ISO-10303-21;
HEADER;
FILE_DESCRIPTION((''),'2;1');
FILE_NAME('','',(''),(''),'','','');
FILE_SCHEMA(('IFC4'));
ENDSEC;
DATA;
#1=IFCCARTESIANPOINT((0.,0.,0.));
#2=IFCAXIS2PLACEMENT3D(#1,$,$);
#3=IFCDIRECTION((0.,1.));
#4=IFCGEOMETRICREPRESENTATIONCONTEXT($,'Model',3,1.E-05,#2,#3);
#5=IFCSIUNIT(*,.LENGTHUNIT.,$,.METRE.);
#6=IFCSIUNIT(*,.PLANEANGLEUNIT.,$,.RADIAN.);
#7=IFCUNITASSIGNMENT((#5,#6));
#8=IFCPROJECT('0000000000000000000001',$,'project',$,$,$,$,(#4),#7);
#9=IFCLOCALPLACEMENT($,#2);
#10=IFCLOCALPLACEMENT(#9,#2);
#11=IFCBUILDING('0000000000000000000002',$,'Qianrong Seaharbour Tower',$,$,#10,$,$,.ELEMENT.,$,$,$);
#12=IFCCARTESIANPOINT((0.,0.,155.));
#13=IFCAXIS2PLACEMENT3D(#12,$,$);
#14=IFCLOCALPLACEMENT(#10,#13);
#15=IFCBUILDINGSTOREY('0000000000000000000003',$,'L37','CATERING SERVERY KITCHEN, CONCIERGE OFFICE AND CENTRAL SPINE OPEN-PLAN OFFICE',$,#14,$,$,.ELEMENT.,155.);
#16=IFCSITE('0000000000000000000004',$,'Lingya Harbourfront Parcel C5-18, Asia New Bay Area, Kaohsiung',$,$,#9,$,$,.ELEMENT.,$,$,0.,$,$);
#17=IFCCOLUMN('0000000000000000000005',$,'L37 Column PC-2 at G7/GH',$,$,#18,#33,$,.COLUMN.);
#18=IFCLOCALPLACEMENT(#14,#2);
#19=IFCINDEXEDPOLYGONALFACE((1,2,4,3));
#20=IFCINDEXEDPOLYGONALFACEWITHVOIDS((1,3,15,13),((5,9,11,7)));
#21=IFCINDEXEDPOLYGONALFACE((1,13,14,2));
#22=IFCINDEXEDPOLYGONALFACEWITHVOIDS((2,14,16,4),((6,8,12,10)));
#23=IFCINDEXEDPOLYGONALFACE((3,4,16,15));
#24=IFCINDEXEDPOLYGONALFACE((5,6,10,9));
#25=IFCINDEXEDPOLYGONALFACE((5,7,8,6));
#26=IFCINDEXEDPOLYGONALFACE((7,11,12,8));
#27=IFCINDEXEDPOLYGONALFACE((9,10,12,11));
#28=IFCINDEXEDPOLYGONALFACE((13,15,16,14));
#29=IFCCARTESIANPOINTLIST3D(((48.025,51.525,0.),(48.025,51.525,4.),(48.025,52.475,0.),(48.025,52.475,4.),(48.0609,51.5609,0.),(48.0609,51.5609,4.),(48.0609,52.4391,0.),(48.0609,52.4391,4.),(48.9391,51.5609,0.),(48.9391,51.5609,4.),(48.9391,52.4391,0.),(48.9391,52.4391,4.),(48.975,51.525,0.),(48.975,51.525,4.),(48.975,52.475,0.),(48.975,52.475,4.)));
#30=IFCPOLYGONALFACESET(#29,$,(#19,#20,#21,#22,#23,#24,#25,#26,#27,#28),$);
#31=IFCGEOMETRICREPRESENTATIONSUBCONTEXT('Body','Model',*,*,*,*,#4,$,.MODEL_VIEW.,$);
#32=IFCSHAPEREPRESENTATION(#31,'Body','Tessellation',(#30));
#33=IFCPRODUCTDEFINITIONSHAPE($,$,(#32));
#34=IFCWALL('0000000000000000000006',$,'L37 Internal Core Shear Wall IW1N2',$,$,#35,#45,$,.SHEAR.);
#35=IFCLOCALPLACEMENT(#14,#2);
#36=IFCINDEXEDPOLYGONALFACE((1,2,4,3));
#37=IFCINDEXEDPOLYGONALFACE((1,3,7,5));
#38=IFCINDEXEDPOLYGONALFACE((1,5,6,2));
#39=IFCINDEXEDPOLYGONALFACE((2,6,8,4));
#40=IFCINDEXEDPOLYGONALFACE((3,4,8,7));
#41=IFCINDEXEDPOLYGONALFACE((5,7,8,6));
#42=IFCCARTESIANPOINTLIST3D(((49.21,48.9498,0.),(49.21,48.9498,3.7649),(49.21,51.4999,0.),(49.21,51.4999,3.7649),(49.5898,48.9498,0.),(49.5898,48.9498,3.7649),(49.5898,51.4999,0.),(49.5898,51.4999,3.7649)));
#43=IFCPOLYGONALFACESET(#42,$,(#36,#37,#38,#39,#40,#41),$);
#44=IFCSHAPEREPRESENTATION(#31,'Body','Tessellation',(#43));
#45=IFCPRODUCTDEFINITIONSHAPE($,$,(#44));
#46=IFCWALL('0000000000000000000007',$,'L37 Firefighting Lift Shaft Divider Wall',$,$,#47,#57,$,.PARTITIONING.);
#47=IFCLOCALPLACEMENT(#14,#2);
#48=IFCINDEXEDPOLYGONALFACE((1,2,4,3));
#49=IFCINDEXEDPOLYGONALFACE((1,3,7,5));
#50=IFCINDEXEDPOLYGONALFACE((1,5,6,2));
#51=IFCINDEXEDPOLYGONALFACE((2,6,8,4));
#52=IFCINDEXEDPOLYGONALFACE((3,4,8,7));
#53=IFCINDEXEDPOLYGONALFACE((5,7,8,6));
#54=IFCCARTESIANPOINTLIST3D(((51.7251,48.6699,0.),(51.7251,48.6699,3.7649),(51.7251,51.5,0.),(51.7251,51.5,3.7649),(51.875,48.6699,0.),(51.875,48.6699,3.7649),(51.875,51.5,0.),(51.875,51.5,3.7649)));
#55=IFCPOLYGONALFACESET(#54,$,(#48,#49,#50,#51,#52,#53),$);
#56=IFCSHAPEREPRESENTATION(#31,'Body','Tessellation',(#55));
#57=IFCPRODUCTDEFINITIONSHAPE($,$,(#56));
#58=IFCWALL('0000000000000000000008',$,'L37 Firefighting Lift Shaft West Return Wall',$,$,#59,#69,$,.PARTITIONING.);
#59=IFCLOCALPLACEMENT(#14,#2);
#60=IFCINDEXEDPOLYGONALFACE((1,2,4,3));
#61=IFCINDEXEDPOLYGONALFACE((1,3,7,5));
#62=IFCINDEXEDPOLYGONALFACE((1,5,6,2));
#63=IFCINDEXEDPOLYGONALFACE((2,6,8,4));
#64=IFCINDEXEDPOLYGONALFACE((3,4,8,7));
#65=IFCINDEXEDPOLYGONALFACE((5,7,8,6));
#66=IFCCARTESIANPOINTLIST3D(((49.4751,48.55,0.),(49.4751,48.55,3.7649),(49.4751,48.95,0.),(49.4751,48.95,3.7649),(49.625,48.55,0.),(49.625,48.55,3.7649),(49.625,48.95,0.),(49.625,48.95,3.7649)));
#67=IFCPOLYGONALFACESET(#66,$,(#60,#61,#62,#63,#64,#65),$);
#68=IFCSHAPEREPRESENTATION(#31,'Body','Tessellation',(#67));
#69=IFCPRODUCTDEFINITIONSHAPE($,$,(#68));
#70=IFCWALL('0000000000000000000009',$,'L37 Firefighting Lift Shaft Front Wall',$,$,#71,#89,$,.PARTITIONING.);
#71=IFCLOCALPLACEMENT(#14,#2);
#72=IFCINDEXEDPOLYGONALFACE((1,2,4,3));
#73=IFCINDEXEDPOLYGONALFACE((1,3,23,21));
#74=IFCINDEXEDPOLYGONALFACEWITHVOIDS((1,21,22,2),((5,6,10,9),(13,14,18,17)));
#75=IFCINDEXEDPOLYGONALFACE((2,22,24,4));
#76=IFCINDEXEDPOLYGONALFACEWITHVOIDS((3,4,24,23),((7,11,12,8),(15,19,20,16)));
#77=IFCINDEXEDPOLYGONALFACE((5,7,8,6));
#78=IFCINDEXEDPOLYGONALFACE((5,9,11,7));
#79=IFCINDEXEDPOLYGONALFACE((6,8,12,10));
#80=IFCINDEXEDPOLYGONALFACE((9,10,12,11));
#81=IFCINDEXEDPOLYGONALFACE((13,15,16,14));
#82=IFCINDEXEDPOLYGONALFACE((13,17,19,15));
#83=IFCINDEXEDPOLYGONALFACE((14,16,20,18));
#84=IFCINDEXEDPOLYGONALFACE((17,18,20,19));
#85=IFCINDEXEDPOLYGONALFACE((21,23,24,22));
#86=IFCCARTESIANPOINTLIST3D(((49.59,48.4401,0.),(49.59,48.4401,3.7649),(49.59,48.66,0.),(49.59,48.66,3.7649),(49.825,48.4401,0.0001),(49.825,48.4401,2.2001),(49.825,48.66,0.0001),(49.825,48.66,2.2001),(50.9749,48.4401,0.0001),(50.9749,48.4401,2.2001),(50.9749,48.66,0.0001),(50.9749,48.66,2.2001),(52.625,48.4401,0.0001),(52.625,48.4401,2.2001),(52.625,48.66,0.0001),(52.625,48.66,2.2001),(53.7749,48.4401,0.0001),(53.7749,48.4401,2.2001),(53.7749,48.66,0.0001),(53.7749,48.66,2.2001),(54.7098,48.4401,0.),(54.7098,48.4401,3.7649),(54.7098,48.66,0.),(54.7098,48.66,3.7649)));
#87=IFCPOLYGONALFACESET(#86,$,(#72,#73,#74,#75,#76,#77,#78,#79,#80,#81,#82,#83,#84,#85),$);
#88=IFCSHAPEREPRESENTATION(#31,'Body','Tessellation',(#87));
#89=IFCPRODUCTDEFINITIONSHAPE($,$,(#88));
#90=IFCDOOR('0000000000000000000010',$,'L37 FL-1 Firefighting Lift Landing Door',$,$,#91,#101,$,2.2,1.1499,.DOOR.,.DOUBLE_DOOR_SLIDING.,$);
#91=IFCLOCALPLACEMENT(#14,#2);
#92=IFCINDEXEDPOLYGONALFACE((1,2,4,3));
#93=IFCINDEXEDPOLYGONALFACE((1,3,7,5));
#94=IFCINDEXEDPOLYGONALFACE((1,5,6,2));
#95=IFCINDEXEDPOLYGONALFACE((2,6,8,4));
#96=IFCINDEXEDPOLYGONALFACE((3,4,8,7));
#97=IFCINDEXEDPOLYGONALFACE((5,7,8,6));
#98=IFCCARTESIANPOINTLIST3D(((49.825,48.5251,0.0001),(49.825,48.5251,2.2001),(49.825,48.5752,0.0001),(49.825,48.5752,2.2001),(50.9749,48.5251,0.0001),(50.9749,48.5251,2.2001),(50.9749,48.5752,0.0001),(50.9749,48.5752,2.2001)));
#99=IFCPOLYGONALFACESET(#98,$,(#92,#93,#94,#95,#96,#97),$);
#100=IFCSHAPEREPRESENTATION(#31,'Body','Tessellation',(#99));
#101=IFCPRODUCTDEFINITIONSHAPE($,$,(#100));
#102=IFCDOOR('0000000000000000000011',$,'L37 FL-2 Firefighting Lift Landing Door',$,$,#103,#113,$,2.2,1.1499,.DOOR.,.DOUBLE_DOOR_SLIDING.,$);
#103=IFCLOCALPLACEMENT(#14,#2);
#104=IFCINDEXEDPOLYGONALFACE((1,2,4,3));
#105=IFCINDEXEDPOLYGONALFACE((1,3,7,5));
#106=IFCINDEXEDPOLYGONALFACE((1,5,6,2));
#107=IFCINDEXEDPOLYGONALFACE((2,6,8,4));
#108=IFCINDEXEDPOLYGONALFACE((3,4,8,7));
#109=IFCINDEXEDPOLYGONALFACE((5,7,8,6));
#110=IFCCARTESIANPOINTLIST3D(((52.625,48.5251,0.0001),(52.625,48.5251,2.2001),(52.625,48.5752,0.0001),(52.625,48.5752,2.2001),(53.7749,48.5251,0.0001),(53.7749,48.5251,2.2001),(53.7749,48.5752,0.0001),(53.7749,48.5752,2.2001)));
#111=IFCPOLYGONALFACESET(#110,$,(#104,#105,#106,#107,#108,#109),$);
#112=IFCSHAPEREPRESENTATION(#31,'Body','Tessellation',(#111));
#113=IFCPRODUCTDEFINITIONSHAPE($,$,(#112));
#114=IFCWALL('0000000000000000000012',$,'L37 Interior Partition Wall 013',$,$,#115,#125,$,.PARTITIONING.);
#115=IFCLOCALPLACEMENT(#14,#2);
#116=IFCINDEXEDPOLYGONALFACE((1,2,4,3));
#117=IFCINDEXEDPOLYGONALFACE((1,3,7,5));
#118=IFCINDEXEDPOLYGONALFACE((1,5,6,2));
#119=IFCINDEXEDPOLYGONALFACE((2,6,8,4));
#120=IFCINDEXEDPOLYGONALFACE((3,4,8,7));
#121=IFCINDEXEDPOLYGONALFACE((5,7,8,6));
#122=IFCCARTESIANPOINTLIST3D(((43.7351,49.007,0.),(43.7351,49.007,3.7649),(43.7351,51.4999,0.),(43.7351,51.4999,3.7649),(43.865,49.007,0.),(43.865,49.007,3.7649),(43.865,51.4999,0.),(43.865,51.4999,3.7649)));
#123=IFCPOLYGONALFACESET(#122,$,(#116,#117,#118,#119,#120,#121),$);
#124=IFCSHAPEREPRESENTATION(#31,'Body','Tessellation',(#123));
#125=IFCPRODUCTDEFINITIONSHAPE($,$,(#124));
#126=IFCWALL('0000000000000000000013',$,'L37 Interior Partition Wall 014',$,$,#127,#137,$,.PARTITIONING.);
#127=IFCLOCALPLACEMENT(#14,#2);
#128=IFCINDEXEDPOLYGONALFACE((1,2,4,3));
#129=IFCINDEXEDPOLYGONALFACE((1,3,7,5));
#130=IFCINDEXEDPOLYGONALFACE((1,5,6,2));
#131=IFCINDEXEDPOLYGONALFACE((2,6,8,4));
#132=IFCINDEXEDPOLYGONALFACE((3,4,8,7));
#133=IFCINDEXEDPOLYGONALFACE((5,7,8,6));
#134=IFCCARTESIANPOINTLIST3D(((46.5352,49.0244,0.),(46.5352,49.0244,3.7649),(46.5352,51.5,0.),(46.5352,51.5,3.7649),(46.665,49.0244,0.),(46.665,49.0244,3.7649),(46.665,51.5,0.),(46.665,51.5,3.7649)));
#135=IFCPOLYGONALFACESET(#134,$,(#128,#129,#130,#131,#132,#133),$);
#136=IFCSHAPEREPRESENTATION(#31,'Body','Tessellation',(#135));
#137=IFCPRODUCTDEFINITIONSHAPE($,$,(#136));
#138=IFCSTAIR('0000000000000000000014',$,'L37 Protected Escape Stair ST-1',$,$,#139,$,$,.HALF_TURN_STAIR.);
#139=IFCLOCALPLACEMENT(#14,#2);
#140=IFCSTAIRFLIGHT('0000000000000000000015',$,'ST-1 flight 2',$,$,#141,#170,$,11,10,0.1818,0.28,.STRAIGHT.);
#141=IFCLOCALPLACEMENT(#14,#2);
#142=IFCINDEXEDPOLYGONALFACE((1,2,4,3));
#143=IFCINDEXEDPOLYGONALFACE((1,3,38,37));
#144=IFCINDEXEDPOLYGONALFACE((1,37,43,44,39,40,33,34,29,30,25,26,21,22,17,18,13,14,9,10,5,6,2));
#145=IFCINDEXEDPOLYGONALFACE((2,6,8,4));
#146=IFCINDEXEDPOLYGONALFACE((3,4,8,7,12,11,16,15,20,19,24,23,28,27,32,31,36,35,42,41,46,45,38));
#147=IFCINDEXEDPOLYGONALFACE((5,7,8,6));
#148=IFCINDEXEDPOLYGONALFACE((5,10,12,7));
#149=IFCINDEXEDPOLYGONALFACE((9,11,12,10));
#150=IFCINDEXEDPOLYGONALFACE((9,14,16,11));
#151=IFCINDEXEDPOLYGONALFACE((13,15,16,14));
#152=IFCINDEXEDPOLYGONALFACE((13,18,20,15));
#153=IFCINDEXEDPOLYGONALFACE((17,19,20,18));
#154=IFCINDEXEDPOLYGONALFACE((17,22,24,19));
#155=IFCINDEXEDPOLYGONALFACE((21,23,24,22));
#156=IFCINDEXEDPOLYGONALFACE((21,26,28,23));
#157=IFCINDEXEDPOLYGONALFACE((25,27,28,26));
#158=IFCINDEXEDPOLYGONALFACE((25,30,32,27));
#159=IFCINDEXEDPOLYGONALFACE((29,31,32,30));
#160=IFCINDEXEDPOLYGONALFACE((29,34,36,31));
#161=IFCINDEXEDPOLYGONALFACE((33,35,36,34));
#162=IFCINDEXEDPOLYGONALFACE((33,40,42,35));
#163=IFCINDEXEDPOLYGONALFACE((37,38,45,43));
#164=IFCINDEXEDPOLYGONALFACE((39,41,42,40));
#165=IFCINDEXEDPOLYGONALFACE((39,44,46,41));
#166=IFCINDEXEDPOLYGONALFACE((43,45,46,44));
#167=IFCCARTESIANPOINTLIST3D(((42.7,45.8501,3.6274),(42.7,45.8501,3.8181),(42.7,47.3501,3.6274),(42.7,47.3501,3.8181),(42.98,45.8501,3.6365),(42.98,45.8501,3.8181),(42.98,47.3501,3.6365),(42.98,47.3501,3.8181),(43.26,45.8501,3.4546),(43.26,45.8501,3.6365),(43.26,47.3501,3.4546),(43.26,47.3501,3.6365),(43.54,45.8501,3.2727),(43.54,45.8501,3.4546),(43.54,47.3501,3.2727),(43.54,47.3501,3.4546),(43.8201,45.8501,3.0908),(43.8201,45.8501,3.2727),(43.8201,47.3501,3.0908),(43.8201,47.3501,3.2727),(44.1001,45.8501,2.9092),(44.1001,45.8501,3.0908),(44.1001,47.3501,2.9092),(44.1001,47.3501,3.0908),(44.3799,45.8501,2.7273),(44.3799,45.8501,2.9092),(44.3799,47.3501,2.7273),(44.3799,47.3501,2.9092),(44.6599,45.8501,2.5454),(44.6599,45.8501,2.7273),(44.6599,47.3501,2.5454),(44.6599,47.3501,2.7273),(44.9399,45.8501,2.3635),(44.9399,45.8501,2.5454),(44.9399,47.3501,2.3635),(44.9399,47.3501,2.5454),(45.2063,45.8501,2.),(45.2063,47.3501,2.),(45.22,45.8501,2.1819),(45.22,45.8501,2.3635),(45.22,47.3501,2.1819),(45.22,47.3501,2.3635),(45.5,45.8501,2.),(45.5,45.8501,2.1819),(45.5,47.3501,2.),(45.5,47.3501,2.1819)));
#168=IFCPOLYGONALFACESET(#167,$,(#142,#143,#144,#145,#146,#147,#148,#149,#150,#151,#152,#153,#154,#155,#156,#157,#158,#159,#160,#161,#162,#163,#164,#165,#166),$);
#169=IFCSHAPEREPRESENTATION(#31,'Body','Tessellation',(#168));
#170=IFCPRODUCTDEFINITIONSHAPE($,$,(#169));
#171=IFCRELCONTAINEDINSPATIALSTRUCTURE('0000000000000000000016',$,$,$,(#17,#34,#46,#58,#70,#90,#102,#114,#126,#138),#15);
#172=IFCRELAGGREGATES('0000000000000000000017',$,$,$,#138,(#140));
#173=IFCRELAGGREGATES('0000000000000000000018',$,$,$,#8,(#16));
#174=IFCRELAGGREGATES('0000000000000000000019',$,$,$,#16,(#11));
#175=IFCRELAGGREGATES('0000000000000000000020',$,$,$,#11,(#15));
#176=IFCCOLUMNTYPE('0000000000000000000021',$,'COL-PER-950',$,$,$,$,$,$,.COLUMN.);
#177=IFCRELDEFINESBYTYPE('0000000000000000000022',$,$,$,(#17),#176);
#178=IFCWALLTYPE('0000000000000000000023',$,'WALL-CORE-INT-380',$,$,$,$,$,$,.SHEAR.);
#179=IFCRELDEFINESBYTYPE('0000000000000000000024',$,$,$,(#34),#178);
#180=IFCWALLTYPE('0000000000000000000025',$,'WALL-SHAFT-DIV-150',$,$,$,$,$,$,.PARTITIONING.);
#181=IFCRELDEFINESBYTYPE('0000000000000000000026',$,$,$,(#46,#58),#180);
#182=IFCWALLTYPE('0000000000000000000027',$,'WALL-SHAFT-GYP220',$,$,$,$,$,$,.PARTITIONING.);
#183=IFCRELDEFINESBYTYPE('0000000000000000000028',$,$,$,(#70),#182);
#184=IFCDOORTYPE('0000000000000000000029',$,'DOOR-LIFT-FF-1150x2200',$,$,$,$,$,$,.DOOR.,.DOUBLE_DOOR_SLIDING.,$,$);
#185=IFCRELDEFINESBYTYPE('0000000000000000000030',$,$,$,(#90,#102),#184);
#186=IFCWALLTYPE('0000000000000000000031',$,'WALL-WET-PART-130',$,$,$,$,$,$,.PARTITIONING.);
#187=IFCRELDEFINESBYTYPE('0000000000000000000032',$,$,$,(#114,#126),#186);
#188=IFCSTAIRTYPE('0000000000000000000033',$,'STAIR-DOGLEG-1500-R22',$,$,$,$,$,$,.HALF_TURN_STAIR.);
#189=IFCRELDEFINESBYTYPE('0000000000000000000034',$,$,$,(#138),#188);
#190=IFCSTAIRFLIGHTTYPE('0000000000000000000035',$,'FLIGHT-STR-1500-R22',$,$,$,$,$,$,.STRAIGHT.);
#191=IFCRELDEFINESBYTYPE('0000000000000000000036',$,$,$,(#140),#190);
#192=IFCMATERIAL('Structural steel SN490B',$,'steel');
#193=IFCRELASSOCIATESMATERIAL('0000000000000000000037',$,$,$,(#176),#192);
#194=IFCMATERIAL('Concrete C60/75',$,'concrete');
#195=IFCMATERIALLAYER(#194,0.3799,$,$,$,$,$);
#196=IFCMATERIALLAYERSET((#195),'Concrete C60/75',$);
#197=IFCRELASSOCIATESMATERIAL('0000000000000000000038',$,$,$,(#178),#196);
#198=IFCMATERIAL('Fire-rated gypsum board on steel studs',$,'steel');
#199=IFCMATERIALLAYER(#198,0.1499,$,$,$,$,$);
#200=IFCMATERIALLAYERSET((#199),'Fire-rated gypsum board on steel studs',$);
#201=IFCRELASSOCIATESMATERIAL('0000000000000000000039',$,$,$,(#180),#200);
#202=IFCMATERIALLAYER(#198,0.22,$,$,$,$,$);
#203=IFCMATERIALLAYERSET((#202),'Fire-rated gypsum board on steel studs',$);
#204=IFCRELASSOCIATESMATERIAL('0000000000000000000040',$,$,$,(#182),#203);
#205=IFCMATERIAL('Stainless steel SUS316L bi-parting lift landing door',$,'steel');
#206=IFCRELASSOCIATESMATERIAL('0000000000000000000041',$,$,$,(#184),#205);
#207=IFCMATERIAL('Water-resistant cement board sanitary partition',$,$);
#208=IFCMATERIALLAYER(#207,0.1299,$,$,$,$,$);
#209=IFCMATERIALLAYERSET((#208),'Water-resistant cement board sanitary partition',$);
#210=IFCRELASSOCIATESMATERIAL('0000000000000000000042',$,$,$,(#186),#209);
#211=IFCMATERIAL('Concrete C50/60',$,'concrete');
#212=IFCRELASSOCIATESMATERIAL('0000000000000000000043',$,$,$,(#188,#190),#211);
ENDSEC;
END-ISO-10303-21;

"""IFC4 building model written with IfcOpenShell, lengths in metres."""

from ifc_helpers import new_model, si_unit, direction, frame, frame_2d, origin, origin_2d, place, context, subcontext, project, spatial, polyline, rectangle, hollow_rectangle, outline, extrude, material, layer, layer_set, material_profile, profile_set, type_object, element, fill, aggregate, save


model = new_model("IFC4")

# Units and contexts
model_context = context("Model", 3, precision=1e-05, world=origin(), true_north=direction((0.0, 1.0)))
body_context = subcontext(model_context, "Body", "Model", "MODEL_VIEW")
ifc_project = project(units=[si_unit("LENGTHUNIT", "METRE"), si_unit("PLANEANGLEUNIT", "RADIAN")], contexts=[model_context])

# Site, building, storey
site_placement = place(None, origin())
site = spatial("IfcSite", under=ifc_project, at=site_placement, Name="Lingya Harbourfront Parcel C5-18, Asia New Bay Area, Kaohsiung", CompositionType="ELEMENT", RefElevation=0.0)
building_placement = place(site_placement, origin())
building = spatial("IfcBuilding", under=site, at=building_placement, Name="Qianrong Seaharbour Tower", CompositionType="ELEMENT")
storey_placement = place(building_placement, frame((0.0, 0.0, 155.0)))
storey = spatial("IfcBuildingStorey", under=building, at=storey_placement, Name="L37", Description="CATERING SERVERY KITCHEN, CONCIERGE OFFICE AND CENTRAL SPINE OPEN-PLAN OFFICE", CompositionType="ELEMENT", Elevation=155.0)

# Column
ifc_material_1 = material(Name="Structural steel SN490B", Category="steel")
ifc_material_profile = material_profile(ifc_material_1, hollow_rectangle(XDim=0.95, YDim=0.95, WallThickness=0.0359, at=origin_2d()), Name="BOX950x950x36")
ifc_profile_set = profile_set([ifc_material_profile], Name="Structural steel SN490B")
column_type = type_object("IfcColumnType", Name="COL-PER-950", PredefinedType="COLUMN", material=ifc_profile_set)
column_placement = place(storey_placement, frame((48.5, 52.0, 0.0), z_axis=(0.0, 0.0, 1.0), x_axis=(1.0, 0.0, 0.0)))
element("IfcColumn", 1, at=column_placement, inside=storey, type_object=column_type, Name="L37 Column PC-2 at G7/GH", PredefinedType="COLUMN", context=body_context, shape_type="SweptSolid", body=[
    extrude(hollow_rectangle(XDim=0.95, YDim=0.95, WallThickness=0.0359, at=origin_2d()), origin(), (0.0, 0.0, 1.0), 4.0),
])

# Wall
ifc_material_2 = material(Name="Concrete C60/75", Category="concrete")
ifc_layer_1 = layer(ifc_material_2, 0.3799)
ifc_layer_set_1 = layer_set([ifc_layer_1], Name="Concrete C60/75")
wall_type_1 = type_object("IfcWallType", Name="WALL-CORE-INT-380", PredefinedType="SHEAR", material=ifc_layer_set_1)
wall_1_placement = place(storey_placement, frame((49.3999, 48.95, 0.0), z_axis=(0.0, 0.0, 1.0), x_axis=(0.0, 1.0, 0.0)))
element("IfcWall", 2, at=wall_1_placement, inside=storey, type_object=wall_type_1, Name="L37 Internal Core Shear Wall IW1N2", PredefinedType="SHEAR", context=body_context, shape_type="SweptSolid", body=[
    extrude(rectangle(XDim=2.55, YDim=0.3799, at=frame_2d((1.2749, 0.0))), origin(), (0.0, 0.0, 1.0), 3.7649),
])

# Walls
ifc_material_3 = material(Name="Fire-rated gypsum board on steel studs", Category="steel")
ifc_layer_2 = layer(ifc_material_3, 0.1499)
ifc_layer_set_2 = layer_set([ifc_layer_2], Name="Fire-rated gypsum board on steel studs")
wall_type_2 = type_object("IfcWallType", Name="WALL-SHAFT-DIV-150", PredefinedType="PARTITIONING", material=ifc_layer_set_2)
wall_2_placement = place(storey_placement, frame((51.8, 48.6699, 0.0), z_axis=(0.0, 0.0, 1.0), x_axis=(0.0, 1.0, 0.0)))
element("IfcWall", 3, at=wall_2_placement, inside=storey, type_object=wall_type_2, Name="L37 Firefighting Lift Shaft Divider Wall", PredefinedType="PARTITIONING", context=body_context, shape_type="SweptSolid", body=[
    extrude(rectangle(XDim=2.8301, YDim=0.1499, at=frame_2d((1.415, 0.0))), origin(), (0.0, 0.0, 1.0), 3.7649),
])
wall_3_placement = place(storey_placement, frame((49.55, 48.55, 0.0), z_axis=(0.0, 0.0, 1.0), x_axis=(0.0, 1.0, 0.0)))
element("IfcWall", 4, at=wall_3_placement, inside=storey, type_object=wall_type_2, Name="L37 Firefighting Lift Shaft West Return Wall", PredefinedType="PARTITIONING", context=body_context, shape_type="SweptSolid", body=[
    extrude(rectangle(XDim=0.3999, YDim=0.1499, at=frame_2d((0.2, 0.0))), origin(), (0.0, 0.0, 1.0), 3.7649),
])

# Wall, openings, doors
ifc_layer_3 = layer(ifc_material_3, 0.22)
ifc_layer_set_3 = layer_set([ifc_layer_3], Name="Fire-rated gypsum board on steel studs")
wall_type_3 = type_object("IfcWallType", Name="WALL-SHAFT-GYP220", PredefinedType="PARTITIONING", material=ifc_layer_set_3)
wall_4_placement = place(storey_placement, frame((54.71, 48.55, 0.0), z_axis=(0.0, 0.0, 1.0), x_axis=(-1.0, 0.0, 0.0)))
wall_4 = element("IfcWall", 5, at=wall_4_placement, inside=storey, type_object=wall_type_3, Name="L37 Firefighting Lift Shaft Front Wall", PredefinedType="PARTITIONING", context=body_context, shape_type="SweptSolid", body=[
    extrude(rectangle(XDim=5.1199, YDim=0.22, at=frame_2d((2.5601, 0.0))), origin(), (0.0, 0.0, 1.0), 3.7649),
])
opening_1_placement = place(wall_4_placement, frame((3.7351, 0.0, 0.0)))
opening_1 = element("IfcOpeningElement", 6, at=opening_1_placement, cuts=wall_4, PredefinedType="OPENING", context=body_context, shape_type="SweptSolid", body=[
    extrude(rectangle(XDim=1.1499, YDim=2.2, at=frame_2d((0.575, 1.1001))), frame((0.0, 0.1201, 0.0), z_axis=(0.0, -1.0, 0.0), x_axis=(1.0, 0.0, 0.0)), (0.0, 0.0, 1.0), 0.24),
])
opening_2_placement = place(wall_4_placement, frame((0.9351, 0.0, 0.0)))
opening_2 = element("IfcOpeningElement", 7, at=opening_2_placement, cuts=wall_4, PredefinedType="OPENING", context=body_context, shape_type="SweptSolid", body=[
    extrude(rectangle(XDim=1.1499, YDim=2.2, at=frame_2d((0.575, 1.1001))), frame((0.0, 0.1201, 0.0), z_axis=(0.0, -1.0, 0.0), x_axis=(1.0, 0.0, 0.0)), (0.0, 0.0, 1.0), 0.24),
])
ifc_material_4 = material(Name="Stainless steel SUS316L bi-parting lift landing door", Category="steel")
door_type_1 = type_object("IfcDoorType", Name="DOOR-LIFT-FF-1150x2200", OperationType="DOUBLE_DOOR_SLIDING", PredefinedType="DOOR", material=ifc_material_4)
door_1_placement = place(opening_1_placement, origin())
door_1 = element("IfcDoor", 8, at=door_1_placement, inside=storey, type_object=door_type_1, Name="L37 FL-1 Firefighting Lift Landing Door", OperationType="DOUBLE_DOOR_SLIDING", OverallHeight=2.2, OverallWidth=1.1499, PredefinedType="DOOR", context=body_context, shape_type="SweptSolid", body=[
    extrude(rectangle(XDim=1.1499, YDim=2.2, at=frame_2d((0.575, 1.1001))), frame((0.0, 0.0249, 0.0), z_axis=(0.0, -1.0, 0.0), x_axis=(1.0, 0.0, 0.0)), (0.0, 0.0, 1.0), 0.05),
])
fill(opening_1, door_1)
door_2_placement = place(opening_2_placement, origin())
door_2 = element("IfcDoor", 9, at=door_2_placement, inside=storey, type_object=door_type_1, Name="L37 FL-2 Firefighting Lift Landing Door", OperationType="DOUBLE_DOOR_SLIDING", OverallHeight=2.2, OverallWidth=1.1499, PredefinedType="DOOR", context=body_context, shape_type="SweptSolid", body=[
    extrude(rectangle(XDim=1.1499, YDim=2.2, at=frame_2d((0.575, 1.1001))), frame((0.0, 0.0249, 0.0), z_axis=(0.0, -1.0, 0.0), x_axis=(1.0, 0.0, 0.0)), (0.0, 0.0, 1.0), 0.05),
])
fill(opening_2, door_2)

# Shared definitions
ifc_material_5 = material(Name="Water-resistant cement board sanitary partition")
ifc_layer_4 = layer(ifc_material_5, 0.1299)
ifc_layer_set_4 = layer_set([ifc_layer_4], Name="Water-resistant cement board sanitary partition")
wall_type_4 = type_object("IfcWallType", Name="WALL-WET-PART-130", PredefinedType="PARTITIONING", material=ifc_layer_set_4)

# Walls
wall_5_placement = place(storey_placement, frame((43.8, 51.5, 0.0), z_axis=(0.0, 0.0, 1.0), x_axis=(0.0, -1.0, 0.0)))
element("IfcWall", 10, at=wall_5_placement, inside=storey, type_object=wall_type_4, Name="L37 Interior Partition Wall 013", PredefinedType="PARTITIONING", context=body_context, shape_type="SweptSolid", body=[
    extrude(rectangle(XDim=2.4929, YDim=0.1299, at=frame_2d((1.2466, 0.0))), origin(), (0.0, 0.0, 1.0), 3.7649),
])
wall_6_placement = place(storey_placement, frame((46.6001, 51.5, 0.0), z_axis=(0.0, 0.0, 1.0), x_axis=(0.0, -1.0, 0.0)))
element("IfcWall", 11, at=wall_6_placement, inside=storey, type_object=wall_type_4, Name="L37 Interior Partition Wall 014", PredefinedType="PARTITIONING", context=body_context, shape_type="SweptSolid", body=[
    extrude(rectangle(XDim=2.4756, YDim=0.1299, at=frame_2d((1.2378, 0.0))), origin(), (0.0, 0.0, 1.0), 3.7649),
])

# Stair, stair flight
ifc_material_6 = material(Name="Concrete C50/60", Category="concrete")
stair_type = type_object("IfcStairType", Name="STAIR-DOGLEG-1500-R22", PredefinedType="HALF_TURN_STAIR", material=ifc_material_6)
stair_placement = place(storey_placement, origin())
stair = element("IfcStair", 12, at=stair_placement, inside=storey, type_object=stair_type, Name="L37 Protected Escape Stair ST-1", PredefinedType="HALF_TURN_STAIR")
stair_flight_type = type_object("IfcStairFlightType", Name="FLIGHT-STR-1500-R22", PredefinedType="STRAIGHT", material=ifc_material_6)
stair_flight_placement = place(storey_placement, frame((45.5, 46.6001, 2.0), z_axis=(0.0, 0.0, 1.0), x_axis=(-1.0, 0.0, 0.0)))
stair_flight = element("IfcStairFlight", 13, at=stair_flight_placement, type_object=stair_flight_type, Name="ST-1 flight 2", NumberOfRisers=11, NumberOfTreads=10, PredefinedType="STRAIGHT", RiserHeight=0.1818, TreadLength=0.28, context=body_context, shape_type="SweptSolid", body=[
    extrude(outline(polyline([(0.0, 0.0), (0.0, 0.1819), (0.28, 0.1819), (0.28, 0.3635), (0.5601, 0.3635), (0.5601, 0.5454), (0.8401, 0.5454), (0.8401, 0.7273), (1.1201, 0.7273), (1.1201, 0.9092), (1.3999, 0.9092), (1.3999, 1.0908), (1.6799, 1.0908), (1.6799, 1.2727), (1.96, 1.2727), (1.96, 1.4546), (2.24, 1.4546), (2.24, 1.6365), (2.52, 1.6365), (2.52, 1.8181), (2.8, 1.8181), (2.8, 2.0), (2.8, 1.6274), (0.2937, 0.0), (0.0, 0.0)])), frame((0.0, 0.75, 0.0), z_axis=(0.0, -1.0, 0.0), x_axis=(1.0, 0.0, 0.0)), (0.0, 0.0, 1.0), 1.5),
])
aggregate(stair, [stair_flight])

save(model, "model.ifc")
